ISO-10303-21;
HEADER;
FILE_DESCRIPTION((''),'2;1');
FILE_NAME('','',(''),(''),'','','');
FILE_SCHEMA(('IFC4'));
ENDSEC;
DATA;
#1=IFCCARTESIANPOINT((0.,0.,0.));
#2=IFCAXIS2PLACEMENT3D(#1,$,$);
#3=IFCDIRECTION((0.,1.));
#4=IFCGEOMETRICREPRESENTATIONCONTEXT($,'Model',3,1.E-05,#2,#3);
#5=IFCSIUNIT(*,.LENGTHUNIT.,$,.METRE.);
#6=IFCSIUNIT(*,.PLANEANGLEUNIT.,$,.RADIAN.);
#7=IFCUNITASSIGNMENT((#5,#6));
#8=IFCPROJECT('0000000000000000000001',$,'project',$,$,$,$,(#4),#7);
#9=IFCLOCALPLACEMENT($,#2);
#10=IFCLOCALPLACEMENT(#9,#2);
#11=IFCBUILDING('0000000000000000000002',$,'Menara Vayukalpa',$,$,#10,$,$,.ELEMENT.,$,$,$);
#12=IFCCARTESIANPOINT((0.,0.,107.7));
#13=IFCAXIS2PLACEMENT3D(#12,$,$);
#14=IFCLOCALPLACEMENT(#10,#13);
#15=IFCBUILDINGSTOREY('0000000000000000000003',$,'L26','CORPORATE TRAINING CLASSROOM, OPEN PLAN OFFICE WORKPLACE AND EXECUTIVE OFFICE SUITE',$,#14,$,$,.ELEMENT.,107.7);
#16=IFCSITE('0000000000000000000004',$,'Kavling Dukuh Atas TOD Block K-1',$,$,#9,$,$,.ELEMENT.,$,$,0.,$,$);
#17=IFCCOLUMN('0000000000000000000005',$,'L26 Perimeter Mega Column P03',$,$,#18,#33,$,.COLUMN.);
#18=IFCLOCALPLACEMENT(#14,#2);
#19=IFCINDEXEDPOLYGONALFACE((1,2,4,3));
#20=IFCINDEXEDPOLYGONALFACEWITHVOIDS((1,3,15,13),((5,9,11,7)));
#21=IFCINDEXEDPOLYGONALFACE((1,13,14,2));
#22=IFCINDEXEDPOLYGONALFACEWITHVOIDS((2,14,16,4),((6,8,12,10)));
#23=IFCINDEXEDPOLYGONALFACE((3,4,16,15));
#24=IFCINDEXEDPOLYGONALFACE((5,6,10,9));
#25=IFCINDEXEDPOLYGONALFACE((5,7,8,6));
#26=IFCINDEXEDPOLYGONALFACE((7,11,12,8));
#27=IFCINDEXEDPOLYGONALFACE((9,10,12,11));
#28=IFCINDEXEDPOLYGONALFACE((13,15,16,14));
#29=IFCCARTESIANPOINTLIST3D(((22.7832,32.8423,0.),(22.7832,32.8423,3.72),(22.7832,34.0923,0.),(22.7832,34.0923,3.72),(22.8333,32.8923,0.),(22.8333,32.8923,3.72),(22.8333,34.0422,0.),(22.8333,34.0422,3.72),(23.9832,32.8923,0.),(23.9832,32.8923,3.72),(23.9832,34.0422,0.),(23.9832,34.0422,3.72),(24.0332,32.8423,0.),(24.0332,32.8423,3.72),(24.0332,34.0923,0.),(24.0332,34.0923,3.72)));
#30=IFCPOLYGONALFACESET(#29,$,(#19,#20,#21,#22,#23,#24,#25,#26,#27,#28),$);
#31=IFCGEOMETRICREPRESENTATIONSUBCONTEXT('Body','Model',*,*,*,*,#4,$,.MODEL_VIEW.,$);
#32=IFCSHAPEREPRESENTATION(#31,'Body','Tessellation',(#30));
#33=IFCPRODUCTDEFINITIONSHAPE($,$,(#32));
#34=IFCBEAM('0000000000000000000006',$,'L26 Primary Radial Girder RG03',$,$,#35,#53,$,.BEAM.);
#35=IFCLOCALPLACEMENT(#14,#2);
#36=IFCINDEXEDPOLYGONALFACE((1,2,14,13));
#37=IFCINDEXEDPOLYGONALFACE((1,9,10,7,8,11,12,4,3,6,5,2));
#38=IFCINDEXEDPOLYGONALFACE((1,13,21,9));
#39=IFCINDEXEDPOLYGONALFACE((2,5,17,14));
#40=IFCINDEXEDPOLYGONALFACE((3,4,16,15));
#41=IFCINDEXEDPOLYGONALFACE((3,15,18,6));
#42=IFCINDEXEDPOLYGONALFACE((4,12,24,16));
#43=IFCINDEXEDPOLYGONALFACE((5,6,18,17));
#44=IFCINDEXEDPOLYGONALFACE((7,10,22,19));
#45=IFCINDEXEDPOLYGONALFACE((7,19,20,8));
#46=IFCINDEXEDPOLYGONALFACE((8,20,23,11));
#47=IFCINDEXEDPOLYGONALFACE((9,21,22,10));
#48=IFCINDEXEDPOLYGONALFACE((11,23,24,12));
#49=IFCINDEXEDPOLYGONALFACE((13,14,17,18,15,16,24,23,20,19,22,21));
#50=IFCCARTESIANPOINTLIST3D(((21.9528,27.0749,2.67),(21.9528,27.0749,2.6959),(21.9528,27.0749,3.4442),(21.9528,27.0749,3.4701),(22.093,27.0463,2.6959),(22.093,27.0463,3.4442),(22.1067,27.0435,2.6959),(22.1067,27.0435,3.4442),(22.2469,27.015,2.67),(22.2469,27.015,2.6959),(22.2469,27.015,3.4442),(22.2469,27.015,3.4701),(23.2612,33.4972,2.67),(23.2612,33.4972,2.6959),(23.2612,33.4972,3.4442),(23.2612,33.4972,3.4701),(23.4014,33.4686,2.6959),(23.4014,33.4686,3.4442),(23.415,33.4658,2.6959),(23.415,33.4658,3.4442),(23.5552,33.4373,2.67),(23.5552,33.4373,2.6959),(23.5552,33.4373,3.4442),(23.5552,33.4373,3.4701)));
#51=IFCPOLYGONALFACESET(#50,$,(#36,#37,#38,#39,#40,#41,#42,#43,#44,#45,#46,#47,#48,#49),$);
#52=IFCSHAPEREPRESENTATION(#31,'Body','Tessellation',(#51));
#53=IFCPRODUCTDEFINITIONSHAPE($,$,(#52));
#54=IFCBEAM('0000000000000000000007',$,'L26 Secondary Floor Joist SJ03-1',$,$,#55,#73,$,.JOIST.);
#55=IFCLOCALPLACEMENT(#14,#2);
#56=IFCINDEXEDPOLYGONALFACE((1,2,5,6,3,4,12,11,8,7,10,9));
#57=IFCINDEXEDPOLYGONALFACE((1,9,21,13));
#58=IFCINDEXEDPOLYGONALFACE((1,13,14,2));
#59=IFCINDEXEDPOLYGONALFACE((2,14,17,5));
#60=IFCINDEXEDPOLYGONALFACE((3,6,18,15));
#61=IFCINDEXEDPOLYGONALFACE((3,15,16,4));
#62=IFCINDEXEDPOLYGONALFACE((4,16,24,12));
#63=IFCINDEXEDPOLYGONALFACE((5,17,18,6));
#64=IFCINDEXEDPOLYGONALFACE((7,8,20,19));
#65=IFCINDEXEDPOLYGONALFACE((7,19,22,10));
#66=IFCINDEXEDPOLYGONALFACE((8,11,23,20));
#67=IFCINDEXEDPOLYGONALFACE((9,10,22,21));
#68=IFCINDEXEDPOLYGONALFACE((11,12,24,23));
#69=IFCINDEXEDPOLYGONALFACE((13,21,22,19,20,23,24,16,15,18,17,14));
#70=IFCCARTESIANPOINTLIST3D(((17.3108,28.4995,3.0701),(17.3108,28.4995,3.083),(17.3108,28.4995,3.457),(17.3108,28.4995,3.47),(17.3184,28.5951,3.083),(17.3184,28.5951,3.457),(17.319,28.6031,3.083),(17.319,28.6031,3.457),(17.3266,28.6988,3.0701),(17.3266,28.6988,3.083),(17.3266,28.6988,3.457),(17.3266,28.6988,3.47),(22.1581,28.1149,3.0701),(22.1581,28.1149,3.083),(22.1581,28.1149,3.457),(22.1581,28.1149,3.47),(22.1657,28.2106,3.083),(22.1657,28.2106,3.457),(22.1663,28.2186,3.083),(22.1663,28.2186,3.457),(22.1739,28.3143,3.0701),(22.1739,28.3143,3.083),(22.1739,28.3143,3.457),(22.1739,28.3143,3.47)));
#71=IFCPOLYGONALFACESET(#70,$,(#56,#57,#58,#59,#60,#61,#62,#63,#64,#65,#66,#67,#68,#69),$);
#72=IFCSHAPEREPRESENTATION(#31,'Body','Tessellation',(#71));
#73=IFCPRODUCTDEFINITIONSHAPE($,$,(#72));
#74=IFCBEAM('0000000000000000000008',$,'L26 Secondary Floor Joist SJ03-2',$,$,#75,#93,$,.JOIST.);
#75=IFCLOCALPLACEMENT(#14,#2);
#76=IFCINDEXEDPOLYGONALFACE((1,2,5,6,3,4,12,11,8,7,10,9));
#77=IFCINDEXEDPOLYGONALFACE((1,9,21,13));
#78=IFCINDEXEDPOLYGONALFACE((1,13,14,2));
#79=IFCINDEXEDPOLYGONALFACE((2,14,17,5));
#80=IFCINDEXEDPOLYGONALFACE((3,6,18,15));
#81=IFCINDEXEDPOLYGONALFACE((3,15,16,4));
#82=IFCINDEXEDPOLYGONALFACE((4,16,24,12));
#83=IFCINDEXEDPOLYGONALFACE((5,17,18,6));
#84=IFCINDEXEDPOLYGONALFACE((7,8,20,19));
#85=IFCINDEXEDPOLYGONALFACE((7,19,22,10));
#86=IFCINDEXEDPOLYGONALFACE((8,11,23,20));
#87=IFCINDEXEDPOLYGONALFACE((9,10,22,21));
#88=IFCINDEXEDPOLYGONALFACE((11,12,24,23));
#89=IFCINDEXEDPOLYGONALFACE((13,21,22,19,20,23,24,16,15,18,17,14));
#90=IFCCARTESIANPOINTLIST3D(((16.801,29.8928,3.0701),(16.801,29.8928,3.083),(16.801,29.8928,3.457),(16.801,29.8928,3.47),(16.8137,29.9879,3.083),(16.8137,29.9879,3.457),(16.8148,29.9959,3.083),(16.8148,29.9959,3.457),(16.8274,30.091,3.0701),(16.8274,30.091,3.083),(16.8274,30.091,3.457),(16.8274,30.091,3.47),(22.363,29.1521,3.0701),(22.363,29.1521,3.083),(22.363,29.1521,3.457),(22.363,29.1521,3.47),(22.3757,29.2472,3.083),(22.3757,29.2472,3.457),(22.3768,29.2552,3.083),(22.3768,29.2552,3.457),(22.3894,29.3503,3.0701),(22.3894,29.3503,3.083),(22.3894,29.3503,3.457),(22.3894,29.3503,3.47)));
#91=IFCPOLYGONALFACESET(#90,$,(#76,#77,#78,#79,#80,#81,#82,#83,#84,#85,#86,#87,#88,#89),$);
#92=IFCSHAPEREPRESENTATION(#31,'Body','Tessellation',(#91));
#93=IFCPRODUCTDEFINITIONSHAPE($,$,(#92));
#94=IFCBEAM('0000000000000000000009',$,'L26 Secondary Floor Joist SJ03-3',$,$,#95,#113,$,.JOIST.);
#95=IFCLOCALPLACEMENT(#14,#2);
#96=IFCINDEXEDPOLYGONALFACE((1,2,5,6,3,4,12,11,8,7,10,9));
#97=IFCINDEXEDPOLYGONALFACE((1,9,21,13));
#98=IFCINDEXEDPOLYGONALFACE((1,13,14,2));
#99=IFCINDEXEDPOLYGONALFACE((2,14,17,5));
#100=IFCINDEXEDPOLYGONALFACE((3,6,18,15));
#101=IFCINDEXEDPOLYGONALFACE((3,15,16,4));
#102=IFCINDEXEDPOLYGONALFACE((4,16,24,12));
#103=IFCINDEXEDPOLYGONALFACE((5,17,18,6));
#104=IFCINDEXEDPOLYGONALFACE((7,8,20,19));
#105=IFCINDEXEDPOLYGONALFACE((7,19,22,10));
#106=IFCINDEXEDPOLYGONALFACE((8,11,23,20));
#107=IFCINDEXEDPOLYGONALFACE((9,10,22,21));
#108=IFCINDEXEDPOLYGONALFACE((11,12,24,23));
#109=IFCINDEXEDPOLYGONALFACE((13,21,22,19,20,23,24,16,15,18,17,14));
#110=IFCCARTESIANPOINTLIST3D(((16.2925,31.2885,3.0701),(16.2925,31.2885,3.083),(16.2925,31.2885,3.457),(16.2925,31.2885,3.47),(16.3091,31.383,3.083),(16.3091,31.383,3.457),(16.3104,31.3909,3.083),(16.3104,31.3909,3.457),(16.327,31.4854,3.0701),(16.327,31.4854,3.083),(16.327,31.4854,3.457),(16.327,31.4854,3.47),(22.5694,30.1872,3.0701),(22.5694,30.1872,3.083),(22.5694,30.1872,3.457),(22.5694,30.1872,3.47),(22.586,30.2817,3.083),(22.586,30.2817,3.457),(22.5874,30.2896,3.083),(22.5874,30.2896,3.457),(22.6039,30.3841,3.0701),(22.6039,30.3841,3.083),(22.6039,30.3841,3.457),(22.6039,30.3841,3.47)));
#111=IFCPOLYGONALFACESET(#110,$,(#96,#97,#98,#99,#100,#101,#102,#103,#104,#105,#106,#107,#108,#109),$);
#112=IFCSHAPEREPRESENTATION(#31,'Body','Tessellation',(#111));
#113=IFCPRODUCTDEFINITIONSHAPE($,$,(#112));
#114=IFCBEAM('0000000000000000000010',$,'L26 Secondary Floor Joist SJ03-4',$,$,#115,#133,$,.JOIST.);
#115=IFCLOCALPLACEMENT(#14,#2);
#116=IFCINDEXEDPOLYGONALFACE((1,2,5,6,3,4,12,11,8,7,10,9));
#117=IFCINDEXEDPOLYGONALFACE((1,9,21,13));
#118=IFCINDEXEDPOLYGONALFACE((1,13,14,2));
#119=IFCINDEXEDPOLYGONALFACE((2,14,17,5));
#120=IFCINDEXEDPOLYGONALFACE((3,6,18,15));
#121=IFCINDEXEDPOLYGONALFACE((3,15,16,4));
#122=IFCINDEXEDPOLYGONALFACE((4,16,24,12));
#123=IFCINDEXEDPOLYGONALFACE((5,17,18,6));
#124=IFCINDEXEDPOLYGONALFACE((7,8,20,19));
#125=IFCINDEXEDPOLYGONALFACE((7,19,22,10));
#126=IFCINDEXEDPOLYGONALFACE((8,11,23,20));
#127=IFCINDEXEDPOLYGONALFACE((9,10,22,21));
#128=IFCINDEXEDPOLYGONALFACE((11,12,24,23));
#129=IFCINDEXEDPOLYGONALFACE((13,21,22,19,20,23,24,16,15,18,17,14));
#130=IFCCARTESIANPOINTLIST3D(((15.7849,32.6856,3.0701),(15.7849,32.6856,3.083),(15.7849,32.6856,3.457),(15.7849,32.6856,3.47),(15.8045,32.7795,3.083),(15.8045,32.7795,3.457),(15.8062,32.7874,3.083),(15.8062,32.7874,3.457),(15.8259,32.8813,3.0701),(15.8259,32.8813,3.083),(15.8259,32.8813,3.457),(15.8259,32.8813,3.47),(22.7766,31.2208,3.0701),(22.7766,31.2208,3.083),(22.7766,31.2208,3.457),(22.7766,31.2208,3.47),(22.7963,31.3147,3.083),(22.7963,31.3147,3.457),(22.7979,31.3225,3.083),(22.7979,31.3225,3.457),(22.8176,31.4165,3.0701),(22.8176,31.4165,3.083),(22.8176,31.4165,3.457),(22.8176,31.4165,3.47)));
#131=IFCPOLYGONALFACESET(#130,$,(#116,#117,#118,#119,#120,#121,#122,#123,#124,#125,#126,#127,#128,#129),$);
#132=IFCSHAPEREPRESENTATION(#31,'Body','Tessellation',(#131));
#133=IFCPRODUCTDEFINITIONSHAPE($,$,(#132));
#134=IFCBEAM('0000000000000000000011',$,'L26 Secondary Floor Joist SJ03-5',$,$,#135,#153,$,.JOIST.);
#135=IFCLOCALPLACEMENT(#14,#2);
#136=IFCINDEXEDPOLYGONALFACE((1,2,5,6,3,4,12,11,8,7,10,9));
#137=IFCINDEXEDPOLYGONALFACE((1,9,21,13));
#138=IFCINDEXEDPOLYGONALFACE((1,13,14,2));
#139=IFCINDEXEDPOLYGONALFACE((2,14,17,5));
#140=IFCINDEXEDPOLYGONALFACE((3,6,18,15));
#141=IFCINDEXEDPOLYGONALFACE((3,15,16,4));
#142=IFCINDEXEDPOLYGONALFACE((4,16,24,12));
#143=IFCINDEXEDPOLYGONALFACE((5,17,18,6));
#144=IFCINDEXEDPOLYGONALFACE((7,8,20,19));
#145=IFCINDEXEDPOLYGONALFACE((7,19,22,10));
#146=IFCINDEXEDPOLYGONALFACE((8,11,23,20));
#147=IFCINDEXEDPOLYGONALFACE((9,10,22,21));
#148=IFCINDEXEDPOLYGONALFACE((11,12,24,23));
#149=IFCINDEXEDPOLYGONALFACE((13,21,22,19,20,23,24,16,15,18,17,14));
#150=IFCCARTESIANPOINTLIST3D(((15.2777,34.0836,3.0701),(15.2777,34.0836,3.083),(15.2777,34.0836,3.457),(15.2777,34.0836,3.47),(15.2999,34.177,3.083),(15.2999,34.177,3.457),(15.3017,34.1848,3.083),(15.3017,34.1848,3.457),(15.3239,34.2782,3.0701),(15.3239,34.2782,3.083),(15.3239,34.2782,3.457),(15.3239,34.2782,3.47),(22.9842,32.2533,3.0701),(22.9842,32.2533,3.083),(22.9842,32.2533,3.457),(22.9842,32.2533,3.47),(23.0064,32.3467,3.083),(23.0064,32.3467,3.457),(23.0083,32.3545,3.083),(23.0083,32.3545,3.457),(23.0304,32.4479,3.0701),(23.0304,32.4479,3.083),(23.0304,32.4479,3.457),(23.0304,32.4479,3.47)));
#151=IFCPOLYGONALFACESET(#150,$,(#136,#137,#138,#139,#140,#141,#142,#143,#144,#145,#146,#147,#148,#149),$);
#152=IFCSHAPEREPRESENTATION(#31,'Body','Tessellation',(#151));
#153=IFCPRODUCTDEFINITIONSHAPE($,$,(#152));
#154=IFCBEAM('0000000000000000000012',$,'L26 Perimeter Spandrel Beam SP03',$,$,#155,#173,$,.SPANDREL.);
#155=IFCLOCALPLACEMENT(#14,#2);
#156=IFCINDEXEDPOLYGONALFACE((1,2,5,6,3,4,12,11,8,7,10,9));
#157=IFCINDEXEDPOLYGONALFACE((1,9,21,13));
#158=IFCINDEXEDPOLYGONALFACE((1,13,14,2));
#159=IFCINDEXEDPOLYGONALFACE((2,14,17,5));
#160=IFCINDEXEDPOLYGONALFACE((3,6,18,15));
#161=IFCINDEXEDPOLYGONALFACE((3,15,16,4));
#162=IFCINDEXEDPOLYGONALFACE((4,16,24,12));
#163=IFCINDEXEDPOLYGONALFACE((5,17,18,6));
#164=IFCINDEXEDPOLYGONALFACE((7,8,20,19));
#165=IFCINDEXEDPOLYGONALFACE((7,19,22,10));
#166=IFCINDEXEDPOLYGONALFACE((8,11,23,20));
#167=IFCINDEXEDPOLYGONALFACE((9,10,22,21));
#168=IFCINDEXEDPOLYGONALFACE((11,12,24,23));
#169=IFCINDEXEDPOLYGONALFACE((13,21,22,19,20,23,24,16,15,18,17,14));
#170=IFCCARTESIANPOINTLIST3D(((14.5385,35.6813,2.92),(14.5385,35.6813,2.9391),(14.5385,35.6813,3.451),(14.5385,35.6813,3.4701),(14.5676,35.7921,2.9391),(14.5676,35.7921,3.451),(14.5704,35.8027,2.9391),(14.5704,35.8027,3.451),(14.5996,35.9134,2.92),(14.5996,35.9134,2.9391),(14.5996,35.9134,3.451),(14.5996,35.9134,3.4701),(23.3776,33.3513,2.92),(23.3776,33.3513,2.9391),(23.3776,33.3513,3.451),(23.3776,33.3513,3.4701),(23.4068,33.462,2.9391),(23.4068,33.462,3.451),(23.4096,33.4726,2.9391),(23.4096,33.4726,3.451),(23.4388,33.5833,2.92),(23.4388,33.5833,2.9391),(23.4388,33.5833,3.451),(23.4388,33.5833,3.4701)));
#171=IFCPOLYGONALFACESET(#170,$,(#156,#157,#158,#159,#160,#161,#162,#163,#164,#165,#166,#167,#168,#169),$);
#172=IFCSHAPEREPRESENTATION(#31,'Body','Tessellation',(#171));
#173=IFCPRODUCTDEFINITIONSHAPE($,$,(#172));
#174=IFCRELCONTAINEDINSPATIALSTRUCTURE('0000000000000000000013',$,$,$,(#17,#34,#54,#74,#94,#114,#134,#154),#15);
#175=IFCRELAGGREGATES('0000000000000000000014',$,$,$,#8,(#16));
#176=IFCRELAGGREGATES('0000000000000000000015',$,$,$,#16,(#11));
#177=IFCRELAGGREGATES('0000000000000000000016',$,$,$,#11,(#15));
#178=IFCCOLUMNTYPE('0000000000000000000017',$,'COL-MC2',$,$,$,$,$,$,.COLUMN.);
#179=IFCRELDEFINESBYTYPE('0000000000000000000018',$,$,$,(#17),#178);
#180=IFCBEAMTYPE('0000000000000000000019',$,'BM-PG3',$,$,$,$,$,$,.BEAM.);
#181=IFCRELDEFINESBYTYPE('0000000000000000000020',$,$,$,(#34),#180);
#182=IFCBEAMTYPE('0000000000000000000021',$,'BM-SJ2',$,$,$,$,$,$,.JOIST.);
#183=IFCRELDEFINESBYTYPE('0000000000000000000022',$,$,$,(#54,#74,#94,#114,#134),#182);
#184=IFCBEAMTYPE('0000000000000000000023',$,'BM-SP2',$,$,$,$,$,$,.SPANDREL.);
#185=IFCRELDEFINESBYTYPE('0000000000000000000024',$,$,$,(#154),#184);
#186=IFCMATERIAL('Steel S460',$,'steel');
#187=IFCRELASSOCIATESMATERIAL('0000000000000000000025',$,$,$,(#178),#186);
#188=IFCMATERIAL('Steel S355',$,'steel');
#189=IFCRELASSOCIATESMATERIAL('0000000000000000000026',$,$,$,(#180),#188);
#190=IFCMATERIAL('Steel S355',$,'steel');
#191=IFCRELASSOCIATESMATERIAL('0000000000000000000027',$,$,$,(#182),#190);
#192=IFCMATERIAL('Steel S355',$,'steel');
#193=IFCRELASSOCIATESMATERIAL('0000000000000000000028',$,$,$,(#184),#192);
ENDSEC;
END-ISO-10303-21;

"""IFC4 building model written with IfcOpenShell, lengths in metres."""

from ifc_helpers import new_model, si_unit, direction, frame, origin, origin_2d, place, context, subcontext, project, spatial, hollow_rectangle, i_section, extrude, material, material_profile, profile_set, type_object, element, save


model = new_model("IFC4")

# Units and contexts
model_context = context("Model", 3, precision=1e-05, world=origin(), true_north=direction((0.0, 1.0)))
body_context = subcontext(model_context, "Body", "Model", "MODEL_VIEW")
ifc_project = project(units=[si_unit("LENGTHUNIT", "METRE"), si_unit("PLANEANGLEUNIT", "RADIAN")], contexts=[model_context])

# Site, building, storey
site_placement = place(None, origin())
site = spatial("IfcSite", under=ifc_project, at=site_placement, Name="Kavling Dukuh Atas TOD Block K-1", CompositionType="ELEMENT", RefElevation=0.0)
building_placement = place(site_placement, origin())
building = spatial("IfcBuilding", under=site, at=building_placement, Name="Menara Vayukalpa", CompositionType="ELEMENT")
storey_placement = place(building_placement, frame((0.0, 0.0, 107.7)))
storey = spatial("IfcBuildingStorey", under=building, at=storey_placement, Name="L26", Description="CORPORATE TRAINING CLASSROOM, OPEN PLAN OFFICE WORKPLACE AND EXECUTIVE OFFICE SUITE", CompositionType="ELEMENT", Elevation=107.7)

# Column
ifc_material_1 = material(Name="Steel S460", Category="steel")
ifc_material_profile_1 = material_profile(ifc_material_1, hollow_rectangle(XDim=1.25, YDim=1.25, WallThickness=0.05, at=origin_2d()), Name="BOX 1250x1250x50")
ifc_profile_set_1 = profile_set([ifc_material_profile_1], Name="Steel S460")
column_type = type_object("IfcColumnType", Name="COL-MC2", PredefinedType="COLUMN", material=ifc_profile_set_1)
column_placement = place(storey_placement, frame((23.4082, 33.4673, 0.0), z_axis=(0.0, 0.0, 1.0), x_axis=(1.0, 0.0, 0.0)))
element("IfcColumn", 1, at=column_placement, inside=storey, type_object=column_type, Name="L26 Perimeter Mega Column P03", PredefinedType="COLUMN", context=body_context, shape_type="SweptSolid", body=[
    extrude(hollow_rectangle(XDim=1.25, YDim=1.25, WallThickness=0.05, at=origin_2d()), origin(), (0.0, 0.0, 1.0), 3.72),
])

# Beams
ifc_material_2 = material(Name="Steel S355", Category="steel")
ifc_material_profile_2 = material_profile(ifc_material_2, i_section(OverallWidth=0.3, OverallDepth=0.8, WebThickness=0.0139, FlangeThickness=0.0259, at=origin_2d()), Name="WF 800x300x14x26")
ifc_profile_set_2 = profile_set([ifc_material_profile_2], Name="Steel S355")
beam_type_1 = type_object("IfcBeamType", Name="BM-PG3", PredefinedType="BEAM", material=ifc_profile_set_2)
beam_1_placement = place(storey_placement, frame((22.0999, 27.0449, 3.0701), z_axis=(0.199618, 0.979874, 0.0), x_axis=(-0.979874, 0.199618, 0.0)))
element("IfcBeam", 2, at=beam_1_placement, inside=storey, type_object=beam_type_1, Name="L26 Primary Radial Girder RG03", PredefinedType="BEAM", context=body_context, shape_type="SweptSolid", body=[
    extrude(i_section(OverallWidth=0.3, OverallDepth=0.8, WebThickness=0.0139, FlangeThickness=0.0259, at=origin_2d()), origin(), (0.0, 0.0, 1.0), 6.5542),
])
ifc_material_3 = material(Name="Steel S355", Category="steel")
ifc_material_profile_3 = material_profile(ifc_material_3, i_section(OverallWidth=0.2, OverallDepth=0.3999, WebThickness=0.0081, FlangeThickness=0.0129, at=origin_2d()), Name="WF 400x200x8x13")
ifc_profile_set_3 = profile_set([ifc_material_profile_3], Name="Steel S355")
beam_type_2 = type_object("IfcBeamType", Name="BM-SJ2", PredefinedType="JOIST", material=ifc_profile_set_3)
beam_2_placement = place(storey_placement, frame((22.166, 28.2146, 3.27), z_axis=(-0.996869, 0.079077, 0.0), x_axis=(-0.079077, -0.996869, 0.0)))
element("IfcBeam", 3, at=beam_2_placement, inside=storey, type_object=beam_type_2, Name="L26 Secondary Floor Joist SJ03-1", PredefinedType="JOIST", context=body_context, shape_type="SweptSolid", body=[
    extrude(i_section(OverallWidth=0.2, OverallDepth=0.3999, WebThickness=0.0081, FlangeThickness=0.0129, at=origin_2d()), origin(), (0.0, 0.0, 1.0), 4.8625),
])
beam_3_placement = place(storey_placement, frame((22.3762, 29.2512, 3.27), z_axis=(-0.991248, 0.13201, 0.0), x_axis=(-0.13201, -0.991248, 0.0)))
element("IfcBeam", 4, at=beam_3_placement, inside=storey, type_object=beam_type_2, Name="L26 Secondary Floor Joist SJ03-2", PredefinedType="JOIST", context=body_context, shape_type="SweptSolid", body=[
    extrude(i_section(OverallWidth=0.2, OverallDepth=0.3999, WebThickness=0.0081, FlangeThickness=0.0129, at=origin_2d()), origin(), (0.0, 0.0, 1.0), 5.6111),
])
beam_4_placement = place(storey_placement, frame((22.5867, 30.2856, 3.27), z_axis=(-0.984954, 0.172817, 0.0), x_axis=(-0.172817, -0.984954, 0.0)))
element("IfcBeam", 5, at=beam_4_placement, inside=storey, type_object=beam_type_2, Name="L26 Secondary Floor Joist SJ03-3", PredefinedType="JOIST", context=body_context, shape_type="SweptSolid", body=[
    extrude(i_section(OverallWidth=0.2, OverallDepth=0.3999, WebThickness=0.0081, FlangeThickness=0.0129, at=origin_2d()), origin(), (0.0, 0.0, 1.0), 6.3728),
])
beam_5_placement = place(storey_placement, frame((22.7971, 31.3186, 3.27), z_axis=(-0.978749, 0.20506, 0.0), x_axis=(-0.20506, -0.978749, 0.0)))
element("IfcBeam", 6, at=beam_5_placement, inside=storey, type_object=beam_type_2, Name="L26 Secondary Floor Joist SJ03-4", PredefinedType="JOIST", context=body_context, shape_type="SweptSolid", body=[
    extrude(i_section(OverallWidth=0.2, OverallDepth=0.3999, WebThickness=0.0081, FlangeThickness=0.0129, at=origin_2d()), origin(), (0.0, 0.0, 1.0), 7.1436),
])
beam_6_placement = place(storey_placement, frame((23.0073, 32.3506, 3.27), z_axis=(-0.972936, 0.231075, 0.0), x_axis=(-0.231075, -0.972936, 0.0)))
element("IfcBeam", 7, at=beam_6_placement, inside=storey, type_object=beam_type_2, Name="L26 Secondary Floor Joist SJ03-5", PredefinedType="JOIST", context=body_context, shape_type="SweptSolid", body=[
    extrude(i_section(OverallWidth=0.2, OverallDepth=0.3999, WebThickness=0.0081, FlangeThickness=0.0129, at=origin_2d()), origin(), (0.0, 0.0, 1.0), 7.9209),
])
ifc_material_4 = material(Name="Steel S355", Category="steel")
ifc_material_profile_4 = material_profile(ifc_material_4, i_section(OverallWidth=0.24, OverallDepth=0.55, WebThickness=0.011, FlangeThickness=0.019, at=origin_2d()), Name="WF 550x240x11x19")
ifc_profile_set_4 = profile_set([ifc_material_profile_4], Name="Steel S355")
beam_type_3 = type_object("IfcBeamType", Name="BM-SP2", PredefinedType="SPANDREL", material=ifc_profile_set_4)
beam_7_placement = place(storey_placement, frame((23.4082, 33.4673, 3.1951), z_axis=(-0.966967, 0.254902, 0.0), x_axis=(-0.254902, -0.966967, 0.0)))
element("IfcBeam", 8, at=beam_7_placement, inside=storey, type_object=beam_type_3, Name="L26 Perimeter Spandrel Beam SP03", PredefinedType="SPANDREL", context=body_context, shape_type="SweptSolid", body=[
    extrude(i_section(OverallWidth=0.24, OverallDepth=0.55, WebThickness=0.011, FlangeThickness=0.019, at=origin_2d()), origin(), (0.0, 0.0, 1.0), 9.1411),
])

save(model, "model.ifc")
